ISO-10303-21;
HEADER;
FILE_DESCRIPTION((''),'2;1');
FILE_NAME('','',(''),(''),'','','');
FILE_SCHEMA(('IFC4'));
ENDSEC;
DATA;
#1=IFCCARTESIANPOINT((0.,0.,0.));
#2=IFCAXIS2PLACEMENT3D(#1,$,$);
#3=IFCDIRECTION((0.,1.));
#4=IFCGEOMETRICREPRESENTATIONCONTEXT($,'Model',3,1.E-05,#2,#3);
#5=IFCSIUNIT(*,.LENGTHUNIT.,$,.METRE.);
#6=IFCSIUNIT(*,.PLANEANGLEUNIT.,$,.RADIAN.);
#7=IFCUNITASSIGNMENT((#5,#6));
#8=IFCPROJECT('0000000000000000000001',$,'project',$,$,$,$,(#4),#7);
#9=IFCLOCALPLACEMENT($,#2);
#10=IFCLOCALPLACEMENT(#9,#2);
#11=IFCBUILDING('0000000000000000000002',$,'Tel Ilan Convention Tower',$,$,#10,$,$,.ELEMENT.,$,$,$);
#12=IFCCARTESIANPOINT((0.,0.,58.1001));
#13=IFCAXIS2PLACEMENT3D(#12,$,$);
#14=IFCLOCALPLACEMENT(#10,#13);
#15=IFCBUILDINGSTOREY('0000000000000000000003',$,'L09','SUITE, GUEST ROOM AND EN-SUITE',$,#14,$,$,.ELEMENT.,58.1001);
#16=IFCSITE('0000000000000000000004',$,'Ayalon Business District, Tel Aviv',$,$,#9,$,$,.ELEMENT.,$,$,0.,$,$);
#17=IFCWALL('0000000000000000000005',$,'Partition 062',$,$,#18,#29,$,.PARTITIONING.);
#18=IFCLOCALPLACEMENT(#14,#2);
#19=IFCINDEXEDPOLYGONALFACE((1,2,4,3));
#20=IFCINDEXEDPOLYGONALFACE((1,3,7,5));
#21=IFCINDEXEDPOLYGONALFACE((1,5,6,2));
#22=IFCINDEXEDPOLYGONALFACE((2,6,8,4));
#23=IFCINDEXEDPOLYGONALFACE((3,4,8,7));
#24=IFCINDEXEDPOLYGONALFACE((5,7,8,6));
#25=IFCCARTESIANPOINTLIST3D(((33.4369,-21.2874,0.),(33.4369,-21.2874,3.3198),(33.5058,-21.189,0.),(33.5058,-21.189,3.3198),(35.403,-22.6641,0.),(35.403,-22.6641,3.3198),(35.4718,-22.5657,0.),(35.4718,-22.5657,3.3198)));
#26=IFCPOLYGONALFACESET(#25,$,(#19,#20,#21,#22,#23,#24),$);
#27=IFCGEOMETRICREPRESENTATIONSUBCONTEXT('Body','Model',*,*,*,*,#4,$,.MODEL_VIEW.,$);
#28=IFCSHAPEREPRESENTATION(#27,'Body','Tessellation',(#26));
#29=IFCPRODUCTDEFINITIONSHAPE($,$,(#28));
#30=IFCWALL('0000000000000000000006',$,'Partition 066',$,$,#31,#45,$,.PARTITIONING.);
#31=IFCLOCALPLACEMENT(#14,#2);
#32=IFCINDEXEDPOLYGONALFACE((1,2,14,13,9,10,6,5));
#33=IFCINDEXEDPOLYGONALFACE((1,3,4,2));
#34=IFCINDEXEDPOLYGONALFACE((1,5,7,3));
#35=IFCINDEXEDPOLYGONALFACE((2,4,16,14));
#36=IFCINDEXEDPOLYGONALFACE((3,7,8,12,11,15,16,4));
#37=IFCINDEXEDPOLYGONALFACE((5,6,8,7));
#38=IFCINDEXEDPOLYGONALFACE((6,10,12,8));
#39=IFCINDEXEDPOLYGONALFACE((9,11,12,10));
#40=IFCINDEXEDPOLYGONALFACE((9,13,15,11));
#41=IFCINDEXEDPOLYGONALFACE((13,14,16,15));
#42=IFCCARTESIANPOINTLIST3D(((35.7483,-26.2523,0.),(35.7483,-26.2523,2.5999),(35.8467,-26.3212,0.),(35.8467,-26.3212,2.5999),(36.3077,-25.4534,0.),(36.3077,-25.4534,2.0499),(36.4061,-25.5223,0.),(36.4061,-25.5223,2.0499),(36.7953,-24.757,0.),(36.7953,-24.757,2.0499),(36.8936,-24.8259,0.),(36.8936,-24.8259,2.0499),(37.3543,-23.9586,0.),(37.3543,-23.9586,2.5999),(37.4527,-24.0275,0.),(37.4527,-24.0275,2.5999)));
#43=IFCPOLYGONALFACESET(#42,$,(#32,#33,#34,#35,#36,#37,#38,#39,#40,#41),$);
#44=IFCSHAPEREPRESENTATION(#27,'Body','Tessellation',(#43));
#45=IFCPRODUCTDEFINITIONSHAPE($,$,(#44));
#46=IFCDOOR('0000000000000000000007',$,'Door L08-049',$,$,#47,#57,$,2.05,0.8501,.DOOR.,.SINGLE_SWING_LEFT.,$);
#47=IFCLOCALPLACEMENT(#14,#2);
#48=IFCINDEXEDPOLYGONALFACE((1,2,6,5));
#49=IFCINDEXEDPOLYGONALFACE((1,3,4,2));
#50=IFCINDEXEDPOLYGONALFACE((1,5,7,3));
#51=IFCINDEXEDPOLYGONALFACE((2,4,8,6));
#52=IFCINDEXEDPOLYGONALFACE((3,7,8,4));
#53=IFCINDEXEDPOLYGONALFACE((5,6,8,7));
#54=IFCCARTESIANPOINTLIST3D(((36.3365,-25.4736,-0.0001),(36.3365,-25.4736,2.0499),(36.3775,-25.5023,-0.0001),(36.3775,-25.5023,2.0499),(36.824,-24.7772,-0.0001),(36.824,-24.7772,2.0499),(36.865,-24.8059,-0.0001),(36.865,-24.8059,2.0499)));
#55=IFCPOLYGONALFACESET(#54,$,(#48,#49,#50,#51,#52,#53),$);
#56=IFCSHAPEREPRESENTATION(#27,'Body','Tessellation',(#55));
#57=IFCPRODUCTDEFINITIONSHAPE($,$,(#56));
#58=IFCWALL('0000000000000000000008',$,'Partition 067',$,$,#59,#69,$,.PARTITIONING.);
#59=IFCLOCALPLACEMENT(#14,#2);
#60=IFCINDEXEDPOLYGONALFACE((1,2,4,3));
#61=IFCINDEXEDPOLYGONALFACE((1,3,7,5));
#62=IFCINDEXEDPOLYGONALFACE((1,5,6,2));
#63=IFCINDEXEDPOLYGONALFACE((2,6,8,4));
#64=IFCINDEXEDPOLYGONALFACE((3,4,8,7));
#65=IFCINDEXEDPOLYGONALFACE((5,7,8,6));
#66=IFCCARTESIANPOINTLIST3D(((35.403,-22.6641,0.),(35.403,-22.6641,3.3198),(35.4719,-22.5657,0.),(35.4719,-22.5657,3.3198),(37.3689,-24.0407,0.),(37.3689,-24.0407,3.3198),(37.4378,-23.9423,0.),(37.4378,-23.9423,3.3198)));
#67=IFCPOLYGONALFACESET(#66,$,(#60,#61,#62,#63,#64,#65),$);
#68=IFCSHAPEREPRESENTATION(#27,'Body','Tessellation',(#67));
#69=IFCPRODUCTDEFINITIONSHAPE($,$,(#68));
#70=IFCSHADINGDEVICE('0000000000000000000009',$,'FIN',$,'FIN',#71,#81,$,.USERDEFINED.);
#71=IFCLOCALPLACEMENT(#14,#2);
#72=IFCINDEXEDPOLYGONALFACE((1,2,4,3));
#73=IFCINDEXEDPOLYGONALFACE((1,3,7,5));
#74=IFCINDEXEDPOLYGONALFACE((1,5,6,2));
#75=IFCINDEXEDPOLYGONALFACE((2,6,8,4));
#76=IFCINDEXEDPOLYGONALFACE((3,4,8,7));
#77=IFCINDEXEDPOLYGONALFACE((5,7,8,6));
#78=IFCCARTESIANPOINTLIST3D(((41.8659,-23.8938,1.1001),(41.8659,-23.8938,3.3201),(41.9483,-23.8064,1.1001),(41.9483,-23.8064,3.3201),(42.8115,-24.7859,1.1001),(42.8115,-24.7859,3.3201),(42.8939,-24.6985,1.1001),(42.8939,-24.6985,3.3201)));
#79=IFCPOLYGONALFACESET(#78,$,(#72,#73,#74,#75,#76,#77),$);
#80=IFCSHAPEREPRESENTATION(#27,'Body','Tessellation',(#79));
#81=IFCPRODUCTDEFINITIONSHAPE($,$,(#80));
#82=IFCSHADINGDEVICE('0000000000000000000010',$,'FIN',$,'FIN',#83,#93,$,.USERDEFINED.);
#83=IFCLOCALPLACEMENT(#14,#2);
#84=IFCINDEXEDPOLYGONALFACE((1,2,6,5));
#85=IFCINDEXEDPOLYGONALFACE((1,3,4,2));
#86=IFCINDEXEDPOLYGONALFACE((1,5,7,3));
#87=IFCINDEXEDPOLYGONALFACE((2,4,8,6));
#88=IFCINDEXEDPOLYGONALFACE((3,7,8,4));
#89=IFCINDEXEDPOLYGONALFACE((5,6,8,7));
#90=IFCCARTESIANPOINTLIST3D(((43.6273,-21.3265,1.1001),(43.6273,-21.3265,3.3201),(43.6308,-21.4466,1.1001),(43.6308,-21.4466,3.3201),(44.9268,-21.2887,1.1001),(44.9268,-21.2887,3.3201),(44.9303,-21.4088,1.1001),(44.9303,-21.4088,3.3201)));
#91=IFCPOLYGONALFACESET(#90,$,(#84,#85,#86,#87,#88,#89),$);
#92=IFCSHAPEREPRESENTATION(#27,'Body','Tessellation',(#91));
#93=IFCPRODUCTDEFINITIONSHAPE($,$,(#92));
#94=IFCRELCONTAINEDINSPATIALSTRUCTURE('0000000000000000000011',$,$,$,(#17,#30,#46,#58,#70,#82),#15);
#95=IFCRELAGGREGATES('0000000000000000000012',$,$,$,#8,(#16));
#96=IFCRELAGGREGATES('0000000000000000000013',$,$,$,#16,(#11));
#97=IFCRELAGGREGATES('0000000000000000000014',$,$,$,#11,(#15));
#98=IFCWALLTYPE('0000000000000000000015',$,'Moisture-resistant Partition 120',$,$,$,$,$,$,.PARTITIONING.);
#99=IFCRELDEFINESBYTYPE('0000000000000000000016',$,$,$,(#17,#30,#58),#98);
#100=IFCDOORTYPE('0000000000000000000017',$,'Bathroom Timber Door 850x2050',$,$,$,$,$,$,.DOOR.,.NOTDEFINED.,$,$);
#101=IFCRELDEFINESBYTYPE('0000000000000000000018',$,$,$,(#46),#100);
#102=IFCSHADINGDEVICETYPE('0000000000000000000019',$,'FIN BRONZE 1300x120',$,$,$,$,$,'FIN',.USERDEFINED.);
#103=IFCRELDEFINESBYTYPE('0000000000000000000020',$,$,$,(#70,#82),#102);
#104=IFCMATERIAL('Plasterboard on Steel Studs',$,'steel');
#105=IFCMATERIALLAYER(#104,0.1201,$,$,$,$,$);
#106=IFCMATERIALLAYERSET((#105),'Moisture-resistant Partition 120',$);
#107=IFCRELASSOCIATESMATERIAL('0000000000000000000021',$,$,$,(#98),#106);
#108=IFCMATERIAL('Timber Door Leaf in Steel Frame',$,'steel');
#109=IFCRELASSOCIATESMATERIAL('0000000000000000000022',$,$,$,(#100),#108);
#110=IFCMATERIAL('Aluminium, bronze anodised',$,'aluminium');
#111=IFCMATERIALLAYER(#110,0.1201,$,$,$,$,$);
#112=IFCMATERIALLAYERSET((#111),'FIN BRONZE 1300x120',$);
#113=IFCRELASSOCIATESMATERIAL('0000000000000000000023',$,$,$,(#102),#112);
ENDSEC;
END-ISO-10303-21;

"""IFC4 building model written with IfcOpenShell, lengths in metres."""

from ifc_helpers import new_model, si_unit, direction, frame, frame_2d, origin, origin_2d, place, context, subcontext, project, spatial, rectangle, extrude, material, layer, layer_set, type_object, element, fill, save


model = new_model("IFC4")

# Units and contexts
model_context = context("Model", 3, precision=1e-05, world=origin(), true_north=direction((0.0, 1.0)))
body_context = subcontext(model_context, "Body", "Model", "MODEL_VIEW")
ifc_project = project(units=[si_unit("LENGTHUNIT", "METRE"), si_unit("PLANEANGLEUNIT", "RADIAN")], contexts=[model_context])

# Site, building, storey
site_placement = place(None, origin())
site = spatial("IfcSite", under=ifc_project, at=site_placement, Name="Ayalon Business District, Tel Aviv", CompositionType="ELEMENT", RefElevation=0.0)
building_placement = place(site_placement, origin())
building = spatial("IfcBuilding", under=site, at=building_placement, Name="Tel Ilan Convention Tower", CompositionType="ELEMENT")
storey_placement = place(building_placement, frame((0.0, 0.0, 58.1001)))
storey = spatial("IfcBuildingStorey", under=building, at=storey_placement, Name="L09", Description="SUITE, GUEST ROOM AND EN-SUITE", CompositionType="ELEMENT", Elevation=58.1001)

# Wall
ifc_material_1 = material(Name="Plasterboard on Steel Studs", Category="steel")
ifc_layer_1 = layer(ifc_material_1, 0.1201)
ifc_layer_set_1 = layer_set([ifc_layer_1], Name="Moisture-resistant Partition 120")
wall_type_1 = type_object("IfcWallType", Name="Moisture-resistant Partition 120", PredefinedType="PARTITIONING", material=ifc_layer_set_1)
wall_1_placement = place(storey_placement, frame((35.4375, -22.615, 0.0), z_axis=(0.0, 0.0, 1.0), x_axis=(-0.819141, 0.573592, 0.0)))
element("IfcWall", 1, at=wall_1_placement, inside=storey, type_object=wall_type_1, Name="Partition 062", PredefinedType="PARTITIONING", context=body_context, shape_type="SweptSolid", body=[
    extrude(rectangle(XDim=2.4001, YDim=0.1201, at=frame_2d((1.2002, 0.0))), origin(), (0.0, 0.0, 1.0), 3.3198),
])

# Wall, opening, door
wall_2_placement = place(storey_placement, frame((35.7976, -26.2866, 0.0), z_axis=(0.0, 0.0, 1.0), x_axis=(0.57355, 0.81917, 0.0)))
wall_2 = element("IfcWall", 2, at=wall_2_placement, inside=storey, type_object=wall_type_1, Name="Partition 066", PredefinedType="PARTITIONING", context=body_context, shape_type="SweptSolid", body=[
    extrude(rectangle(XDim=2.8, YDim=0.1201, at=frame_2d((1.3999, 0.0))), origin(), (0.0, 0.0, 1.0), 2.5999),
])
opening_1_placement = place(wall_2_placement, frame((0.9751, 0.0, 0.0)))
opening_1 = element("IfcOpeningElement", 3, at=opening_1_placement, cuts=wall_2, PredefinedType="OPENING", context=body_context, shape_type="SweptSolid", body=[
    extrude(rectangle(XDim=0.8501, YDim=2.05, at=frame_2d((0.425, 1.0249))), frame((0.0, 0.0701, 0.0), z_axis=(0.0, -1.0, 0.0), x_axis=(1.0, 0.0, 0.0)), (0.0, 0.0, 1.0), 0.1401),
])
ifc_material_2 = material(Name="Timber Door Leaf in Steel Frame", Category="steel")
door_type_1 = type_object("IfcDoorType", Name="Bathroom Timber Door 850x2050", OperationType="NOTDEFINED", PredefinedType="DOOR", material=ifc_material_2)
door_1_placement = place(opening_1_placement, origin())
door_1 = element("IfcDoor", 4, at=door_1_placement, inside=storey, type_object=door_type_1, Name="Door L08-049", OperationType="SINGLE_SWING_LEFT", OverallHeight=2.05, OverallWidth=0.8501, PredefinedType="DOOR", context=body_context, shape_type="SweptSolid", body=[
    extrude(rectangle(XDim=0.8501, YDim=2.05, at=frame_2d((0.425, 1.0249))), frame((0.0, 0.0249, 0.0), z_axis=(0.0, -1.0, 0.0), x_axis=(1.0, 0.0, 0.0)), (0.0, 0.0, 1.0), 0.05),
])
fill(opening_1, door_1)

# Wall
wall_3_placement = place(storey_placement, frame((37.4033, -23.9915, 0.0), z_axis=(0.0, 0.0, 1.0), x_axis=(-0.819155, 0.573572, 0.0)))
element("IfcWall", 5, at=wall_3_placement, inside=storey, type_object=wall_type_1, Name="Partition 067", PredefinedType="PARTITIONING", context=body_context, shape_type="SweptSolid", body=[
    extrude(rectangle(XDim=2.3999, YDim=0.1201, at=frame_2d((1.2, 0.0))), origin(), (0.0, 0.0, 1.0), 3.3198),
])

# Shading devices
ifc_material_3 = material(Name="Aluminium, bronze anodised", Category="aluminium")
ifc_layer_2 = layer(ifc_material_3, 0.1201)
ifc_layer_set_2 = layer_set([ifc_layer_2], Name="FIN BRONZE 1300x120")
shading_device_type = type_object("IfcShadingDeviceType", Name="FIN BRONZE 1300x120", ElementType="FIN", PredefinedType="USERDEFINED", material=ifc_layer_set_2)
for number, where, z_axis, x_axis, name in (
    (6, (42.3799, -24.2961, 1.1001), (0.0, 0.0, 1.0), (0.727374, -0.686242, 0.0), "FIN"),
    (7, (44.2788, -21.3677, 1.1001), (0.0, 0.0, 1.0), (0.999577, 0.029085, 0.0), "FIN"),
):
    element("IfcShadingDevice", number, at=place(storey_placement, frame(where, z_axis=z_axis, x_axis=x_axis)), inside=storey, type_object=shading_device_type, Name=name, ObjectType="FIN", PredefinedType="USERDEFINED", context=body_context, shape_type="SweptSolid", body=[
        extrude(rectangle(XDim=1.3, YDim=0.1201, at=origin_2d()), origin(), (0.0, 0.0, 1.0), 2.22),
    ])

save(model, "model.ifc")
